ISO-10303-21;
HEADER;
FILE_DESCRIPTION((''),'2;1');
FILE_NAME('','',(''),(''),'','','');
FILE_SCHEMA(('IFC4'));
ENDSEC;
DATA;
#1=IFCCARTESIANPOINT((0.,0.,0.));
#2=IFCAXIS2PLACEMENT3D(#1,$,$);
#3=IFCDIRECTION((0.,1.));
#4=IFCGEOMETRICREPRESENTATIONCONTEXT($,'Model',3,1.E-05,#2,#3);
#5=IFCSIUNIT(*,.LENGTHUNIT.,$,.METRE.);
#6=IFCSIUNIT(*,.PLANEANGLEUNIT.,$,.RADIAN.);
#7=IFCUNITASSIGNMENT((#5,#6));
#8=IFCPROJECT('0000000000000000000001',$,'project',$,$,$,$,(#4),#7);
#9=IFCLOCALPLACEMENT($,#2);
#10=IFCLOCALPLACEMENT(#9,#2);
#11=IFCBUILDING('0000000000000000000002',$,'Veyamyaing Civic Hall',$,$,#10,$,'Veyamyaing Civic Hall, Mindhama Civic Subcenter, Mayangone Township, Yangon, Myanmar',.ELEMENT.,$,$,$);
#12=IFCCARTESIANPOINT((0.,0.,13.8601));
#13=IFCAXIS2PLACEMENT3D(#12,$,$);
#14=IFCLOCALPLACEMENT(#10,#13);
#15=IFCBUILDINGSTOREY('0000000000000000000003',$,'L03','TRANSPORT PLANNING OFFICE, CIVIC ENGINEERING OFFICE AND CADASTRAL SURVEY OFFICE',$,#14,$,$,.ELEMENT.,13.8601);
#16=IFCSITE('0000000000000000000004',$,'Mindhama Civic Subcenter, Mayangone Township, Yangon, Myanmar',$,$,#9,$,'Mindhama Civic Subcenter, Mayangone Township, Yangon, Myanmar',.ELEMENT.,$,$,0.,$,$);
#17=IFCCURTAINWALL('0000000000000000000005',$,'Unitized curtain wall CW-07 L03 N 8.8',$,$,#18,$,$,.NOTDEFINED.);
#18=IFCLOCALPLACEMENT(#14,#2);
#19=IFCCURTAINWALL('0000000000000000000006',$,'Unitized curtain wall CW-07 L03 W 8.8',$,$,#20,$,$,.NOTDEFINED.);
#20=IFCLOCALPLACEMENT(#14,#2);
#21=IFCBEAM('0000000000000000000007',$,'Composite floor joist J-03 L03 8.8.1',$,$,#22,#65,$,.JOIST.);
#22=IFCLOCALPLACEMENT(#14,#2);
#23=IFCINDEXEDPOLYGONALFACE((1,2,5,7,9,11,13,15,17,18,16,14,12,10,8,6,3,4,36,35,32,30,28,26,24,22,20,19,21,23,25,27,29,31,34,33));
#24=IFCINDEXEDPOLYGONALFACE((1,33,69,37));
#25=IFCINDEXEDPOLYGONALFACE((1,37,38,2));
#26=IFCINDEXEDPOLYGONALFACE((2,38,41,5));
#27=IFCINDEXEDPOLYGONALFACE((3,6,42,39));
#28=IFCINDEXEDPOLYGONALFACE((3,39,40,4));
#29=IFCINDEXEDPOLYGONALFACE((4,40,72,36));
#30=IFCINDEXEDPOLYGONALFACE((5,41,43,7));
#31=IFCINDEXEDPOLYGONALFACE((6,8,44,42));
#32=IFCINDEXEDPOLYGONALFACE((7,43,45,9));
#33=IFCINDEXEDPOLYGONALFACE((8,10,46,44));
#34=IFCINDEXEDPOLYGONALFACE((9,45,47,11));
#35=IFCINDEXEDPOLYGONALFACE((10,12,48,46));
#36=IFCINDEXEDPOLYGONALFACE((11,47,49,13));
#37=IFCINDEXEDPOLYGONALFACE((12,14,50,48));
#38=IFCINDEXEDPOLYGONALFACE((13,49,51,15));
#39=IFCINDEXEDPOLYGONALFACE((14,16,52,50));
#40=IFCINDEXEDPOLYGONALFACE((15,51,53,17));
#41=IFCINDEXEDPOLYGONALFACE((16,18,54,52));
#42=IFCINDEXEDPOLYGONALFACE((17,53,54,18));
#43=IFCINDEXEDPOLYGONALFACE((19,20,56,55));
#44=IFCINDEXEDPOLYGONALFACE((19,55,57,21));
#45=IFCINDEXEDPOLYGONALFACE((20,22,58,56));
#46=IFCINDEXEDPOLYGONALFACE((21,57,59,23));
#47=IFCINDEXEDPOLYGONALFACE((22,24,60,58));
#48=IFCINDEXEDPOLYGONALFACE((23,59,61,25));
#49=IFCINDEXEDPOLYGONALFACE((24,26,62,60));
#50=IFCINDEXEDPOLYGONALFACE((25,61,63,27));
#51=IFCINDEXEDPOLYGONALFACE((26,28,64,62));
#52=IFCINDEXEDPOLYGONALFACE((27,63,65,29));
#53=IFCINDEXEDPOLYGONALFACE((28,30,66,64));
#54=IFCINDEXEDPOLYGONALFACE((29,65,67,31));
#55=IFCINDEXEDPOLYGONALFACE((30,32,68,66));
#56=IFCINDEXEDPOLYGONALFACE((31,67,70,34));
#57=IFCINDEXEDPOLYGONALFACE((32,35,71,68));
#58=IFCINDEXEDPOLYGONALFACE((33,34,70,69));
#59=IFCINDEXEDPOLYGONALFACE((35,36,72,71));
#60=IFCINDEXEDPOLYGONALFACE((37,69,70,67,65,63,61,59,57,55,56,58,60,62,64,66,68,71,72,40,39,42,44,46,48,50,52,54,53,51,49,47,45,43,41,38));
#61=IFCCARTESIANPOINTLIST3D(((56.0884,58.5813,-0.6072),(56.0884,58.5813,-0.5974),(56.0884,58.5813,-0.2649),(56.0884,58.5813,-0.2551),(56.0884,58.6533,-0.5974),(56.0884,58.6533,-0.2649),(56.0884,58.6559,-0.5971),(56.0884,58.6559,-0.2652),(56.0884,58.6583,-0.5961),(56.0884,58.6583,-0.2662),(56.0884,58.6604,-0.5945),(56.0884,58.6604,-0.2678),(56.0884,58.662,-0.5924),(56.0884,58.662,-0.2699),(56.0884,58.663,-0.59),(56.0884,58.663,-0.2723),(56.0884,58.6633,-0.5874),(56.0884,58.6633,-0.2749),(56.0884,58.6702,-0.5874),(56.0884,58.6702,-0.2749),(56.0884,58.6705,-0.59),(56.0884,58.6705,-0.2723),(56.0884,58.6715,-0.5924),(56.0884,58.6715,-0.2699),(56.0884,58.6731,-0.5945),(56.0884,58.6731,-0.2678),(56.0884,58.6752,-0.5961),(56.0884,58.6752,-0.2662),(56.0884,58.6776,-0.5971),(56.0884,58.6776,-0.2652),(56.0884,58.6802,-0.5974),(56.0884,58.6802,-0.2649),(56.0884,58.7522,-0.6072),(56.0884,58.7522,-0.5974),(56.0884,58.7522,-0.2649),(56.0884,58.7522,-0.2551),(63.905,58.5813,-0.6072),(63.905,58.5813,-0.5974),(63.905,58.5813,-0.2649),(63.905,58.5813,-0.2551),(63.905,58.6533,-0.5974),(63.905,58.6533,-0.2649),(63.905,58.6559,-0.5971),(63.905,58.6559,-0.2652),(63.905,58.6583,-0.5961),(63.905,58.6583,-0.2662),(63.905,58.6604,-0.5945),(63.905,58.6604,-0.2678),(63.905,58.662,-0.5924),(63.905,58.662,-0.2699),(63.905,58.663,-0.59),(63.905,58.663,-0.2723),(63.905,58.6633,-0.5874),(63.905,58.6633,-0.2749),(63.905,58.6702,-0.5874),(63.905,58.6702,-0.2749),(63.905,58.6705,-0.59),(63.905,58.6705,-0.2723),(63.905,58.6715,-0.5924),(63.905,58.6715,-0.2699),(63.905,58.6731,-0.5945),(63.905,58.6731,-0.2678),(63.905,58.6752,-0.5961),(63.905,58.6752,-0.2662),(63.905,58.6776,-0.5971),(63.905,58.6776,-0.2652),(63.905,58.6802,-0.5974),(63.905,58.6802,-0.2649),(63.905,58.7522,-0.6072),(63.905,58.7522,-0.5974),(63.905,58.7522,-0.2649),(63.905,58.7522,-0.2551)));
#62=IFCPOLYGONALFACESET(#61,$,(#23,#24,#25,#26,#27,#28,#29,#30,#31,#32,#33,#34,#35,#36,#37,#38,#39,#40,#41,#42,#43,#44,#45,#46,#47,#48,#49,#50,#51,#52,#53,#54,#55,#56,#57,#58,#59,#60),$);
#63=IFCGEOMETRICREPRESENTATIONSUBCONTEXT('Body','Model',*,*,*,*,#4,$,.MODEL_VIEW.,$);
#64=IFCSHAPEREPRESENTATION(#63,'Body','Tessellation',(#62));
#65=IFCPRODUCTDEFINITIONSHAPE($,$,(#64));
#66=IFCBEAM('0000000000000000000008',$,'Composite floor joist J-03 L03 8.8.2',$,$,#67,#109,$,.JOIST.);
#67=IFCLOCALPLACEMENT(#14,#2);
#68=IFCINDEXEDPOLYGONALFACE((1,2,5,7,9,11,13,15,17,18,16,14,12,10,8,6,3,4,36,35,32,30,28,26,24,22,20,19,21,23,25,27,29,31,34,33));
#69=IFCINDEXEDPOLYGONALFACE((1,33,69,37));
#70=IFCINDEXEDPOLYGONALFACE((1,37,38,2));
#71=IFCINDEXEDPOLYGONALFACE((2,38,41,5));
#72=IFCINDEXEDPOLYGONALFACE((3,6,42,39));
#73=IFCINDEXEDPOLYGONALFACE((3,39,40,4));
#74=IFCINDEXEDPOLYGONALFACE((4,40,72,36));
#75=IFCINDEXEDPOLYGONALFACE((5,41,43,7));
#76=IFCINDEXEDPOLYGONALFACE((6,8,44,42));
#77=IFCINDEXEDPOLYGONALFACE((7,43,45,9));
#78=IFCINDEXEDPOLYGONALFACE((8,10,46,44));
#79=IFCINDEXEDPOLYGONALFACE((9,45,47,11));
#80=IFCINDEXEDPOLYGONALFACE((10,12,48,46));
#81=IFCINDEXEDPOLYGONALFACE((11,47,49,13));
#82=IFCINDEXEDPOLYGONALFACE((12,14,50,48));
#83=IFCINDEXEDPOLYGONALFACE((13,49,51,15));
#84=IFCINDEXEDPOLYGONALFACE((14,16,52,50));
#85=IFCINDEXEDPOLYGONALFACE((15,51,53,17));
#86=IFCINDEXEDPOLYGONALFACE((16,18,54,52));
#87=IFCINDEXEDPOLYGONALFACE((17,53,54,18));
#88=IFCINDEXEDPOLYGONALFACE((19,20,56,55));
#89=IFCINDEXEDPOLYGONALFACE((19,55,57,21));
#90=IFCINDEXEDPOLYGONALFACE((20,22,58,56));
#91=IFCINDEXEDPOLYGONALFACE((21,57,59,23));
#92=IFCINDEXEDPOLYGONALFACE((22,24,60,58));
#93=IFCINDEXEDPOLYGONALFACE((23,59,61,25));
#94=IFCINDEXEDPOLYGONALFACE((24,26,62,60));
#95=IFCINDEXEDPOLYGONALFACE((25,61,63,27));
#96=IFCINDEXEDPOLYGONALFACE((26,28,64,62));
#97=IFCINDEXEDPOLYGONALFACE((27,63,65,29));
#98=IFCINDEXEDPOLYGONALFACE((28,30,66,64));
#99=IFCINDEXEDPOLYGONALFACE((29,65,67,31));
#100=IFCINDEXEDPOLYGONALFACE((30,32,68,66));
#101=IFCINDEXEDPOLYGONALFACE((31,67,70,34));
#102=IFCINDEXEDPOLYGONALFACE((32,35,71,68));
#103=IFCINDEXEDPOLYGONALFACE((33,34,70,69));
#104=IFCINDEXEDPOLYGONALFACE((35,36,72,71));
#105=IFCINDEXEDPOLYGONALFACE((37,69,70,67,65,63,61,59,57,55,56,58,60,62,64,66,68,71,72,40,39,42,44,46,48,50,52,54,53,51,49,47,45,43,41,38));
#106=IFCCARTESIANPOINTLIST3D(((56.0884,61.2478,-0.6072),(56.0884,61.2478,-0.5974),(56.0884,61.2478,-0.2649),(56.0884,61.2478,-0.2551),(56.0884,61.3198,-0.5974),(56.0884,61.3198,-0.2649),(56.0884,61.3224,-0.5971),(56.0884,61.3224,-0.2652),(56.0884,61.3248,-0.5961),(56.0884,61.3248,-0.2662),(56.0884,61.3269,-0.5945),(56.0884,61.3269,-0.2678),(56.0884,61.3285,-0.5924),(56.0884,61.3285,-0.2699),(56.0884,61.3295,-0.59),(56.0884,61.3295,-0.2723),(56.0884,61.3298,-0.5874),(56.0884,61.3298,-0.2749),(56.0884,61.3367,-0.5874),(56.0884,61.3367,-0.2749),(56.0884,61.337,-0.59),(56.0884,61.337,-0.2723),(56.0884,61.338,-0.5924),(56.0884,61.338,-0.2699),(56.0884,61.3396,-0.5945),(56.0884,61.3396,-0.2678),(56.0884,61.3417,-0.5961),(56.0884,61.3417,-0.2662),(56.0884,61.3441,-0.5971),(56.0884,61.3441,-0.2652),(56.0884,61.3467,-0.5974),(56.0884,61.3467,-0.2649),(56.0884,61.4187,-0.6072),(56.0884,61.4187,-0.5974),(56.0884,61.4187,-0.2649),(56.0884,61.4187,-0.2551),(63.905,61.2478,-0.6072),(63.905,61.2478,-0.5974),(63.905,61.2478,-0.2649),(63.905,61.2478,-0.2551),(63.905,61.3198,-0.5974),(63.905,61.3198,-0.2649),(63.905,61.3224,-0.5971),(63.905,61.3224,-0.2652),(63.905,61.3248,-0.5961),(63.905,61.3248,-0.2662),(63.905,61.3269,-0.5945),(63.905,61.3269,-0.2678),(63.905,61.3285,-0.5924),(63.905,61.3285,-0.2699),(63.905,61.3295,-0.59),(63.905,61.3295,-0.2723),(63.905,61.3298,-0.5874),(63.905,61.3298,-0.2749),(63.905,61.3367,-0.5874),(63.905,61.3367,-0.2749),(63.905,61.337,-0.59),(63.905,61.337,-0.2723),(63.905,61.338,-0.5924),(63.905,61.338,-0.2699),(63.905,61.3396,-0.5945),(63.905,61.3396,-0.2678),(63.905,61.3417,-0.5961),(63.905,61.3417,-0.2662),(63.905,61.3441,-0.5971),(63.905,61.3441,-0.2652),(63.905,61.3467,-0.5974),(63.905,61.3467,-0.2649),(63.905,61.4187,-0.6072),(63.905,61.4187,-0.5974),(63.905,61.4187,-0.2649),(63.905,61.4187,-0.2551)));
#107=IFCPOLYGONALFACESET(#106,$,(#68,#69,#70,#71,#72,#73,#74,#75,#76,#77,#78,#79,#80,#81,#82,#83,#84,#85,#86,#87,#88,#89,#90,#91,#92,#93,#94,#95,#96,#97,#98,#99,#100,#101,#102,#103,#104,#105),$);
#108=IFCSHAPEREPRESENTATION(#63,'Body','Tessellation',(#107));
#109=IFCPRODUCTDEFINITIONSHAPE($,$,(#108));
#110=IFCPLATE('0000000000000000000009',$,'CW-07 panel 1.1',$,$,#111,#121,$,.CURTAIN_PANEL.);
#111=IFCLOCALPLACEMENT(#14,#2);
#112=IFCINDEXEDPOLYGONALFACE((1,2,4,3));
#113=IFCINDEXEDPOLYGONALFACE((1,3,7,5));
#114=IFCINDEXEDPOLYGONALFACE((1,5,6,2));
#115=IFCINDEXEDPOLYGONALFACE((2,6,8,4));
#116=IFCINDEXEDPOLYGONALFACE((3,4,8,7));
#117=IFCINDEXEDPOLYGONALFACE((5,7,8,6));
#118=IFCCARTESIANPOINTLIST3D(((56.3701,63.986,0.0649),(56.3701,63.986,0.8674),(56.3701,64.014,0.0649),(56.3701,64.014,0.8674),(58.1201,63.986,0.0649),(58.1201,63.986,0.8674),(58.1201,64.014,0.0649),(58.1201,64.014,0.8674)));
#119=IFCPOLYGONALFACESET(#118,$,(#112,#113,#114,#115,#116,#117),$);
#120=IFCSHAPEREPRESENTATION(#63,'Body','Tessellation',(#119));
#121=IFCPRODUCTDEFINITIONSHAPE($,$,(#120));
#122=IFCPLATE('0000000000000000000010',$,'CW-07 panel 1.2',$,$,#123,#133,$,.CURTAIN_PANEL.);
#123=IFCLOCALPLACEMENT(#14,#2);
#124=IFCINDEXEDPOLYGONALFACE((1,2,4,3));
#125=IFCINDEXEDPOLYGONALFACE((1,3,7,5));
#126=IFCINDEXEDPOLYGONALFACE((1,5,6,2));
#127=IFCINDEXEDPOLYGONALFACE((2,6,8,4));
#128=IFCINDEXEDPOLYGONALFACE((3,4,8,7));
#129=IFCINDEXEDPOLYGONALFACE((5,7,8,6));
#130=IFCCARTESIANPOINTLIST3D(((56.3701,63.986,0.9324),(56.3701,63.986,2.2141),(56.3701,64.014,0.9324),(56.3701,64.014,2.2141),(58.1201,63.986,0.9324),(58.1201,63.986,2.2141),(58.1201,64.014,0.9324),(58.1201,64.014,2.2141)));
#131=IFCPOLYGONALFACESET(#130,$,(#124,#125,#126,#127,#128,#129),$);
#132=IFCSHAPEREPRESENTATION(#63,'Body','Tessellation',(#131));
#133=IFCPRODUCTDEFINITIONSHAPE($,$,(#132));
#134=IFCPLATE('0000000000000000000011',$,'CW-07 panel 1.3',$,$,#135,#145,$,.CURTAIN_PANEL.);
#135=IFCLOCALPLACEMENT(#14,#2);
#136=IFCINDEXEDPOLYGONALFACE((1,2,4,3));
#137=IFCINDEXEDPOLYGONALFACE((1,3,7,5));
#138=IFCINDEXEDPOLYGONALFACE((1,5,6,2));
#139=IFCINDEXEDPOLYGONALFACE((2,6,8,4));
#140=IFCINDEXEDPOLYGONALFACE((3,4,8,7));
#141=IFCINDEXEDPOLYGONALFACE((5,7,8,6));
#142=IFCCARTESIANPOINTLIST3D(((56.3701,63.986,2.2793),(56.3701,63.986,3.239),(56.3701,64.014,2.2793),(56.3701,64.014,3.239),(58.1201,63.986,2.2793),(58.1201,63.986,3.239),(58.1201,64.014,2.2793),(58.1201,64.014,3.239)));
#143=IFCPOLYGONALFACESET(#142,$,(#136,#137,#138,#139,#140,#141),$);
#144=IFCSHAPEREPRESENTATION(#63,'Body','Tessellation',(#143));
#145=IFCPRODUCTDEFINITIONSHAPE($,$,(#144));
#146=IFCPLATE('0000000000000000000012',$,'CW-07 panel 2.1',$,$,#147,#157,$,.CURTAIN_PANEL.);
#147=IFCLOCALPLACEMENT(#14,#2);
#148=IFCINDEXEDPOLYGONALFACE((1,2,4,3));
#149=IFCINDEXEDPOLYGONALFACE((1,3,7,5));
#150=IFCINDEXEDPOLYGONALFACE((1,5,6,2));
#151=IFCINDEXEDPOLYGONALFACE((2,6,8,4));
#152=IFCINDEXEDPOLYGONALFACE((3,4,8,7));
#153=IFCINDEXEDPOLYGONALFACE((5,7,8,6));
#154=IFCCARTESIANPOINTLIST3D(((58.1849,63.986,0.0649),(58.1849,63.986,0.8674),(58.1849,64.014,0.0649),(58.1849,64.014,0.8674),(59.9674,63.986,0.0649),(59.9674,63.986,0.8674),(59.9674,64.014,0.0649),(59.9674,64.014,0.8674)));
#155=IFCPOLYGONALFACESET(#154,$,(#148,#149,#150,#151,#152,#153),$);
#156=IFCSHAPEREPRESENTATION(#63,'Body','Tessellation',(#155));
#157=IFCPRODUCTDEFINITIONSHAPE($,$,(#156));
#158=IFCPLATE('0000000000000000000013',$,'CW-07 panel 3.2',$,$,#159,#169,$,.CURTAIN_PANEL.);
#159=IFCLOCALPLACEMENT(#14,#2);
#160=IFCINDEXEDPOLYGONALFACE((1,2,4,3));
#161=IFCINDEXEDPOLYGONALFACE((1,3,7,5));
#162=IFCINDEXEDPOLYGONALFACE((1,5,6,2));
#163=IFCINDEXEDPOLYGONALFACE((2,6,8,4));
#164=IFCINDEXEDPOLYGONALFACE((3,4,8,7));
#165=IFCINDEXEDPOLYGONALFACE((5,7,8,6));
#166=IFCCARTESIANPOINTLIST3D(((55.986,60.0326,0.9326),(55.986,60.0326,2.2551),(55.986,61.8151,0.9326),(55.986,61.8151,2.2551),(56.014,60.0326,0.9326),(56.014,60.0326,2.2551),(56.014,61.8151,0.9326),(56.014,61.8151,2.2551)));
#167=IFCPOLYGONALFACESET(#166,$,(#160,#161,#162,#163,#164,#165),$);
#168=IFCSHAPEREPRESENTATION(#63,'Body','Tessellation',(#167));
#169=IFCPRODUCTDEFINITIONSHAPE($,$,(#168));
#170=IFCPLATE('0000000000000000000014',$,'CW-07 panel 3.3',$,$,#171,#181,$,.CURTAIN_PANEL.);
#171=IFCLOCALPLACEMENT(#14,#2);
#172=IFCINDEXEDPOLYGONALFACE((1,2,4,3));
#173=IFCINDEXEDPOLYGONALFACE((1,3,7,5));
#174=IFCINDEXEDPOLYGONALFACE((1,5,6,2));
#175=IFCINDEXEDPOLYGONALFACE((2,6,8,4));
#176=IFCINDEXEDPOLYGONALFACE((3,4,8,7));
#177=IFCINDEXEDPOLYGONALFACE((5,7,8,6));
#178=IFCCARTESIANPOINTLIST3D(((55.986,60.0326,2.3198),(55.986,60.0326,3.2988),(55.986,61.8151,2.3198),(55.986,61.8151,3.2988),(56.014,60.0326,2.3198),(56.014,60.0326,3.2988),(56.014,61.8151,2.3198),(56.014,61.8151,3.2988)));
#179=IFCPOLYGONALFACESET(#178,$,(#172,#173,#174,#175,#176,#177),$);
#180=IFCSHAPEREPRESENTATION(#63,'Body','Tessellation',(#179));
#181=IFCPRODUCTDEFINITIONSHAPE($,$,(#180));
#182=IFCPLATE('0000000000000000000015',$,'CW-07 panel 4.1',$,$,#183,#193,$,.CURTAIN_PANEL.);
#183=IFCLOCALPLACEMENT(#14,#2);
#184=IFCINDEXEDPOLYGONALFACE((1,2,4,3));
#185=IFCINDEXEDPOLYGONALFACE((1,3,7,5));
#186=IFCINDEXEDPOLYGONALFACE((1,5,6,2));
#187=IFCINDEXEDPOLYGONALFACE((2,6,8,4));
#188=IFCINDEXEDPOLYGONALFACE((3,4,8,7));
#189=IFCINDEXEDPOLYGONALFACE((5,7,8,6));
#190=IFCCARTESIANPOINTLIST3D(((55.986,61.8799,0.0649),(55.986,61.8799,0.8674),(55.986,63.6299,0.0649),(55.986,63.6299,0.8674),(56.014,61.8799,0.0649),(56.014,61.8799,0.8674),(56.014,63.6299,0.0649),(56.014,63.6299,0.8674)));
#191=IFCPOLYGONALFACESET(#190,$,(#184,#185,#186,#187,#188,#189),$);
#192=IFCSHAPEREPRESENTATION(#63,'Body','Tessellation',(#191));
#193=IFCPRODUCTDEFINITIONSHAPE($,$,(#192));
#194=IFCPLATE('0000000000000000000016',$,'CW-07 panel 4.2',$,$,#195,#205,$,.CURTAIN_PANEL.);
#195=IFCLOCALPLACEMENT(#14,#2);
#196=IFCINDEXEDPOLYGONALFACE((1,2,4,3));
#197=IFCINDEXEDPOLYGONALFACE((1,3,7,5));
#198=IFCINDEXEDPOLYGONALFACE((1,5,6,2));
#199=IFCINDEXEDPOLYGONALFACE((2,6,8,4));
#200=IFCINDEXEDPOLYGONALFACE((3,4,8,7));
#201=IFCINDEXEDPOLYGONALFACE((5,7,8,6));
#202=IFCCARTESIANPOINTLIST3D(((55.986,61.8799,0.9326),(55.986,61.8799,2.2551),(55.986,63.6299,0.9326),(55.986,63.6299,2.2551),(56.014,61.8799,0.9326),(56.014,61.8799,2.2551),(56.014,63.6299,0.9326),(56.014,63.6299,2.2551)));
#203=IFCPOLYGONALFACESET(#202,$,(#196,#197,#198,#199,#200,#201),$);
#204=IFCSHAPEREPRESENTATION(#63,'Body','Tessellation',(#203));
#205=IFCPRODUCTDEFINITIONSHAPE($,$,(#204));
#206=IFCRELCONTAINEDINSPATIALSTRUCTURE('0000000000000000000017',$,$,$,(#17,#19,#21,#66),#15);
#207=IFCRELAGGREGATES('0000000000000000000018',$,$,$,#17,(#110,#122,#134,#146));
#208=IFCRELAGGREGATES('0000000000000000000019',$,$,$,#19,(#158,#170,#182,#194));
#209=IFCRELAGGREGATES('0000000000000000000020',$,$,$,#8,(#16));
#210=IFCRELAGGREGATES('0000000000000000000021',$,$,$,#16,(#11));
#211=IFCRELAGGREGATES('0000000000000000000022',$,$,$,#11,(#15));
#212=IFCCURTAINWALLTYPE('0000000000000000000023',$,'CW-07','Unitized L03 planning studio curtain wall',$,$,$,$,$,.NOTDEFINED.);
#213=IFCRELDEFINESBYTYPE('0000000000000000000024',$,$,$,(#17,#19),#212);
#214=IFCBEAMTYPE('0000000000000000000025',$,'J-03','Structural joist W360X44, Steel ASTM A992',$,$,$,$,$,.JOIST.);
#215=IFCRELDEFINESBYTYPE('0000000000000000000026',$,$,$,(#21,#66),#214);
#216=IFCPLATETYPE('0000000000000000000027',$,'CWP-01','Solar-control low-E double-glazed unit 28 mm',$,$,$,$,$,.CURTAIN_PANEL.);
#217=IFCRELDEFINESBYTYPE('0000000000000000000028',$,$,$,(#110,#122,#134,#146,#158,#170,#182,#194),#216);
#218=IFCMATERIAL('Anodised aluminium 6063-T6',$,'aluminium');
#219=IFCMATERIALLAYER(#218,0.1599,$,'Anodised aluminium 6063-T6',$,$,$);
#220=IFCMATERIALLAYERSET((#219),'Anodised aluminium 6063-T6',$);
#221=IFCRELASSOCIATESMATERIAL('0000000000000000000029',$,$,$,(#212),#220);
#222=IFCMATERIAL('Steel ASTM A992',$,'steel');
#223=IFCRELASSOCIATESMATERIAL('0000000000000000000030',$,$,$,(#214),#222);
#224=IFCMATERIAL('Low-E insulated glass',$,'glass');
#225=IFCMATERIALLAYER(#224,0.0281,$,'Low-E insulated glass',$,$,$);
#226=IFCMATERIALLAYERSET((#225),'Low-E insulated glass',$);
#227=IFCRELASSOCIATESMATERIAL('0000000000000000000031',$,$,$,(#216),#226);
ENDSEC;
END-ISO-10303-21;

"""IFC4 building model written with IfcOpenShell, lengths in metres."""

from ifc_helpers import new_model, si_unit, direction, frame, origin, origin_2d, place, context, subcontext, project, spatial, rectangle, i_section, extrude, material, layer, layer_set, material_profile, profile_set, type_object, element, aggregate, save


model = new_model("IFC4")

# Units and contexts
model_context = context("Model", 3, precision=1e-05, world=origin(), true_north=direction((0.0, 1.0)))
body_context = subcontext(model_context, "Body", "Model", "MODEL_VIEW")
ifc_project = project(units=[si_unit("LENGTHUNIT", "METRE"), si_unit("PLANEANGLEUNIT", "RADIAN")], contexts=[model_context])

# Site, building, storey
site_placement = place(None, origin())
site = spatial("IfcSite", under=ifc_project, at=site_placement, Name="Mindhama Civic Subcenter, Mayangone Township, Yangon, Myanmar", LongName="Mindhama Civic Subcenter, Mayangone Township, Yangon, Myanmar", CompositionType="ELEMENT", RefElevation=0.0)
building_placement = place(site_placement, origin())
building = spatial("IfcBuilding", under=site, at=building_placement, Name="Veyamyaing Civic Hall", LongName="Veyamyaing Civic Hall, Mindhama Civic Subcenter, Mayangone Township, Yangon, Myanmar", CompositionType="ELEMENT")
storey_placement = place(building_placement, frame((0.0, 0.0, 13.8601)))
storey = spatial("IfcBuildingStorey", under=building, at=storey_placement, Name="L03", Description="TRANSPORT PLANNING OFFICE, CIVIC ENGINEERING OFFICE AND CADASTRAL SURVEY OFFICE", CompositionType="ELEMENT", Elevation=13.8601)

# Shared definitions
ifc_material_1 = material(Name="Steel ASTM A992", Category="steel")

# Curtain walls
ifc_material_2 = material(Name="Anodised aluminium 6063-T6", Category="aluminium")
ifc_layer_1 = layer(ifc_material_2, 0.1599, Name="Anodised aluminium 6063-T6")
ifc_layer_set_1 = layer_set([ifc_layer_1], Name="Anodised aluminium 6063-T6")
curtain_wall_type = type_object("IfcCurtainWallType", Name="CW-07", Description="Unitized L03 planning studio curtain wall", PredefinedType="NOTDEFINED", material=ifc_layer_set_1)
curtain_wall_1_placement = place(storey_placement, origin())
curtain_wall_1 = element("IfcCurtainWall", 1, at=curtain_wall_1_placement, inside=storey, type_object=curtain_wall_type, Name="Unitized curtain wall CW-07 L03 N 8.8", PredefinedType="NOTDEFINED")
curtain_wall_2_placement = place(storey_placement, origin())
curtain_wall_2 = element("IfcCurtainWall", 2, at=curtain_wall_2_placement, inside=storey, type_object=curtain_wall_type, Name="Unitized curtain wall CW-07 L03 W 8.8", PredefinedType="NOTDEFINED")

# Beams
ifc_material_profile_1 = material_profile(ifc_material_1, i_section(OverallWidth=0.1709, OverallDepth=0.3521, WebThickness=0.0068, FlangeThickness=0.0098, FilletRadius=0.01, at=origin_2d()), Name="W360X44")
ifc_profile_set_1 = profile_set([ifc_material_profile_1], Name="Steel ASTM A992")
beam_type_1 = type_object("IfcBeamType", Name="J-03", Description="Structural joist W360X44, Steel ASTM A992", PredefinedType="JOIST", material=ifc_profile_set_1)
for number, where, z_axis, x_axis, name in (
    (3, (56.0884, 58.6667, -0.4312), (1.0, 0.0, 0.0), (0.0, 1.0, 0.0), "Composite floor joist J-03 L03 8.8.1"),
    (4, (56.0884, 61.3333, -0.4312), (1.0, 0.0, 0.0), (0.0, 1.0, 0.0), "Composite floor joist J-03 L03 8.8.2"),
):
    element("IfcBeam", number, at=place(storey_placement, frame(where, z_axis=z_axis, x_axis=x_axis)), inside=storey, type_object=beam_type_1, Name=name, PredefinedType="JOIST", context=body_context, shape_type="SweptSolid", body=[
        extrude(i_section(OverallWidth=0.1709, OverallDepth=0.3521, WebThickness=0.0068, FlangeThickness=0.0098, FilletRadius=0.01, at=origin_2d()), origin(), (0.0, 0.0, 1.0), 7.8167),
    ])

# Plates
ifc_material_3 = material(Name="Low-E insulated glass", Category="glass")
ifc_layer_2 = layer(ifc_material_3, 0.0281, Name="Low-E insulated glass")
ifc_layer_set_2 = layer_set([ifc_layer_2], Name="Low-E insulated glass")
plate_type = type_object("IfcPlateType", Name="CWP-01", Description="Solar-control low-E double-glazed unit 28 mm", PredefinedType="CURTAIN_PANEL", material=ifc_layer_set_2)
plate_1_placement = place(storey_placement, frame((57.2451, 64.0, 0.0649), z_axis=(0.0, 0.0, 1.0), x_axis=(1.0, 0.0, 0.0)))
plate_1 = element("IfcPlate", 5, at=plate_1_placement, type_object=plate_type, Name="CW-07 panel 1.1", PredefinedType="CURTAIN_PANEL", context=body_context, shape_type="SweptSolid", body=[
    extrude(rectangle(XDim=1.75, YDim=0.0281, at=origin_2d()), origin(), (0.0, 0.0, 1.0), 0.8025),
])
plate_2_placement = place(storey_placement, frame((57.2451, 64.0, 0.9324), z_axis=(0.0, 0.0, 1.0), x_axis=(1.0, 0.0, 0.0)))
plate_2 = element("IfcPlate", 6, at=plate_2_placement, type_object=plate_type, Name="CW-07 panel 1.2", PredefinedType="CURTAIN_PANEL", context=body_context, shape_type="SweptSolid", body=[
    extrude(rectangle(XDim=1.75, YDim=0.0281, at=origin_2d()), origin(), (0.0, 0.0, 1.0), 1.2817),
])
plate_3_placement = place(storey_placement, frame((57.2451, 64.0, 2.2793), z_axis=(0.0, 0.0, 1.0), x_axis=(1.0, 0.0, 0.0)))
plate_3 = element("IfcPlate", 7, at=plate_3_placement, type_object=plate_type, Name="CW-07 panel 1.3", PredefinedType="CURTAIN_PANEL", context=body_context, shape_type="SweptSolid", body=[
    extrude(rectangle(XDim=1.75, YDim=0.0281, at=origin_2d()), origin(), (0.0, 0.0, 1.0), 0.9597),
])
plate_4_placement = place(storey_placement, frame((59.0762, 64.0, 0.0649), z_axis=(0.0, 0.0, 1.0), x_axis=(1.0, 0.0, 0.0)))
plate_4 = element("IfcPlate", 8, at=plate_4_placement, type_object=plate_type, Name="CW-07 panel 2.1", PredefinedType="CURTAIN_PANEL", context=body_context, shape_type="SweptSolid", body=[
    extrude(rectangle(XDim=1.7825, YDim=0.0281, at=origin_2d()), origin(), (0.0, 0.0, 1.0), 0.8025),
])
aggregate(curtain_wall_1, [plate_1, plate_2, plate_3, plate_4])
plate_5_placement = place(storey_placement, frame((56.0, 60.9238, 0.9326), z_axis=(0.0, 0.0, 1.0), x_axis=(0.0, 1.0, 0.0)))
plate_5 = element("IfcPlate", 9, at=plate_5_placement, type_object=plate_type, Name="CW-07 panel 3.2", PredefinedType="CURTAIN_PANEL", context=body_context, shape_type="SweptSolid", body=[
    extrude(rectangle(XDim=1.7825, YDim=0.0281, at=origin_2d()), origin(), (0.0, 0.0, 1.0), 1.3225),
])
plate_6_placement = place(storey_placement, frame((56.0, 60.9238, 2.3198), z_axis=(0.0, 0.0, 1.0), x_axis=(0.0, 1.0, 0.0)))
plate_6 = element("IfcPlate", 10, at=plate_6_placement, type_object=plate_type, Name="CW-07 panel 3.3", PredefinedType="CURTAIN_PANEL", context=body_context, shape_type="SweptSolid", body=[
    extrude(rectangle(XDim=1.7825, YDim=0.0281, at=origin_2d()), origin(), (0.0, 0.0, 1.0), 0.979),
])
plate_7_placement = place(storey_placement, frame((56.0, 62.7549, 0.0649), z_axis=(0.0, 0.0, 1.0), x_axis=(0.0, 1.0, 0.0)))
plate_7 = element("IfcPlate", 11, at=plate_7_placement, type_object=plate_type, Name="CW-07 panel 4.1", PredefinedType="CURTAIN_PANEL", context=body_context, shape_type="SweptSolid", body=[
    extrude(rectangle(XDim=1.75, YDim=0.0281, at=origin_2d()), origin(), (0.0, 0.0, 1.0), 0.8025),
])
plate_8_placement = place(storey_placement, frame((56.0, 62.7549, 0.9326), z_axis=(0.0, 0.0, 1.0), x_axis=(0.0, 1.0, 0.0)))
plate_8 = element("IfcPlate", 12, at=plate_8_placement, type_object=plate_type, Name="CW-07 panel 4.2", PredefinedType="CURTAIN_PANEL", context=body_context, shape_type="SweptSolid", body=[
    extrude(rectangle(XDim=1.75, YDim=0.0281, at=origin_2d()), origin(), (0.0, 0.0, 1.0), 1.3225),
])
aggregate(curtain_wall_2, [plate_5, plate_6, plate_7, plate_8])

save(model, "model.ifc")
